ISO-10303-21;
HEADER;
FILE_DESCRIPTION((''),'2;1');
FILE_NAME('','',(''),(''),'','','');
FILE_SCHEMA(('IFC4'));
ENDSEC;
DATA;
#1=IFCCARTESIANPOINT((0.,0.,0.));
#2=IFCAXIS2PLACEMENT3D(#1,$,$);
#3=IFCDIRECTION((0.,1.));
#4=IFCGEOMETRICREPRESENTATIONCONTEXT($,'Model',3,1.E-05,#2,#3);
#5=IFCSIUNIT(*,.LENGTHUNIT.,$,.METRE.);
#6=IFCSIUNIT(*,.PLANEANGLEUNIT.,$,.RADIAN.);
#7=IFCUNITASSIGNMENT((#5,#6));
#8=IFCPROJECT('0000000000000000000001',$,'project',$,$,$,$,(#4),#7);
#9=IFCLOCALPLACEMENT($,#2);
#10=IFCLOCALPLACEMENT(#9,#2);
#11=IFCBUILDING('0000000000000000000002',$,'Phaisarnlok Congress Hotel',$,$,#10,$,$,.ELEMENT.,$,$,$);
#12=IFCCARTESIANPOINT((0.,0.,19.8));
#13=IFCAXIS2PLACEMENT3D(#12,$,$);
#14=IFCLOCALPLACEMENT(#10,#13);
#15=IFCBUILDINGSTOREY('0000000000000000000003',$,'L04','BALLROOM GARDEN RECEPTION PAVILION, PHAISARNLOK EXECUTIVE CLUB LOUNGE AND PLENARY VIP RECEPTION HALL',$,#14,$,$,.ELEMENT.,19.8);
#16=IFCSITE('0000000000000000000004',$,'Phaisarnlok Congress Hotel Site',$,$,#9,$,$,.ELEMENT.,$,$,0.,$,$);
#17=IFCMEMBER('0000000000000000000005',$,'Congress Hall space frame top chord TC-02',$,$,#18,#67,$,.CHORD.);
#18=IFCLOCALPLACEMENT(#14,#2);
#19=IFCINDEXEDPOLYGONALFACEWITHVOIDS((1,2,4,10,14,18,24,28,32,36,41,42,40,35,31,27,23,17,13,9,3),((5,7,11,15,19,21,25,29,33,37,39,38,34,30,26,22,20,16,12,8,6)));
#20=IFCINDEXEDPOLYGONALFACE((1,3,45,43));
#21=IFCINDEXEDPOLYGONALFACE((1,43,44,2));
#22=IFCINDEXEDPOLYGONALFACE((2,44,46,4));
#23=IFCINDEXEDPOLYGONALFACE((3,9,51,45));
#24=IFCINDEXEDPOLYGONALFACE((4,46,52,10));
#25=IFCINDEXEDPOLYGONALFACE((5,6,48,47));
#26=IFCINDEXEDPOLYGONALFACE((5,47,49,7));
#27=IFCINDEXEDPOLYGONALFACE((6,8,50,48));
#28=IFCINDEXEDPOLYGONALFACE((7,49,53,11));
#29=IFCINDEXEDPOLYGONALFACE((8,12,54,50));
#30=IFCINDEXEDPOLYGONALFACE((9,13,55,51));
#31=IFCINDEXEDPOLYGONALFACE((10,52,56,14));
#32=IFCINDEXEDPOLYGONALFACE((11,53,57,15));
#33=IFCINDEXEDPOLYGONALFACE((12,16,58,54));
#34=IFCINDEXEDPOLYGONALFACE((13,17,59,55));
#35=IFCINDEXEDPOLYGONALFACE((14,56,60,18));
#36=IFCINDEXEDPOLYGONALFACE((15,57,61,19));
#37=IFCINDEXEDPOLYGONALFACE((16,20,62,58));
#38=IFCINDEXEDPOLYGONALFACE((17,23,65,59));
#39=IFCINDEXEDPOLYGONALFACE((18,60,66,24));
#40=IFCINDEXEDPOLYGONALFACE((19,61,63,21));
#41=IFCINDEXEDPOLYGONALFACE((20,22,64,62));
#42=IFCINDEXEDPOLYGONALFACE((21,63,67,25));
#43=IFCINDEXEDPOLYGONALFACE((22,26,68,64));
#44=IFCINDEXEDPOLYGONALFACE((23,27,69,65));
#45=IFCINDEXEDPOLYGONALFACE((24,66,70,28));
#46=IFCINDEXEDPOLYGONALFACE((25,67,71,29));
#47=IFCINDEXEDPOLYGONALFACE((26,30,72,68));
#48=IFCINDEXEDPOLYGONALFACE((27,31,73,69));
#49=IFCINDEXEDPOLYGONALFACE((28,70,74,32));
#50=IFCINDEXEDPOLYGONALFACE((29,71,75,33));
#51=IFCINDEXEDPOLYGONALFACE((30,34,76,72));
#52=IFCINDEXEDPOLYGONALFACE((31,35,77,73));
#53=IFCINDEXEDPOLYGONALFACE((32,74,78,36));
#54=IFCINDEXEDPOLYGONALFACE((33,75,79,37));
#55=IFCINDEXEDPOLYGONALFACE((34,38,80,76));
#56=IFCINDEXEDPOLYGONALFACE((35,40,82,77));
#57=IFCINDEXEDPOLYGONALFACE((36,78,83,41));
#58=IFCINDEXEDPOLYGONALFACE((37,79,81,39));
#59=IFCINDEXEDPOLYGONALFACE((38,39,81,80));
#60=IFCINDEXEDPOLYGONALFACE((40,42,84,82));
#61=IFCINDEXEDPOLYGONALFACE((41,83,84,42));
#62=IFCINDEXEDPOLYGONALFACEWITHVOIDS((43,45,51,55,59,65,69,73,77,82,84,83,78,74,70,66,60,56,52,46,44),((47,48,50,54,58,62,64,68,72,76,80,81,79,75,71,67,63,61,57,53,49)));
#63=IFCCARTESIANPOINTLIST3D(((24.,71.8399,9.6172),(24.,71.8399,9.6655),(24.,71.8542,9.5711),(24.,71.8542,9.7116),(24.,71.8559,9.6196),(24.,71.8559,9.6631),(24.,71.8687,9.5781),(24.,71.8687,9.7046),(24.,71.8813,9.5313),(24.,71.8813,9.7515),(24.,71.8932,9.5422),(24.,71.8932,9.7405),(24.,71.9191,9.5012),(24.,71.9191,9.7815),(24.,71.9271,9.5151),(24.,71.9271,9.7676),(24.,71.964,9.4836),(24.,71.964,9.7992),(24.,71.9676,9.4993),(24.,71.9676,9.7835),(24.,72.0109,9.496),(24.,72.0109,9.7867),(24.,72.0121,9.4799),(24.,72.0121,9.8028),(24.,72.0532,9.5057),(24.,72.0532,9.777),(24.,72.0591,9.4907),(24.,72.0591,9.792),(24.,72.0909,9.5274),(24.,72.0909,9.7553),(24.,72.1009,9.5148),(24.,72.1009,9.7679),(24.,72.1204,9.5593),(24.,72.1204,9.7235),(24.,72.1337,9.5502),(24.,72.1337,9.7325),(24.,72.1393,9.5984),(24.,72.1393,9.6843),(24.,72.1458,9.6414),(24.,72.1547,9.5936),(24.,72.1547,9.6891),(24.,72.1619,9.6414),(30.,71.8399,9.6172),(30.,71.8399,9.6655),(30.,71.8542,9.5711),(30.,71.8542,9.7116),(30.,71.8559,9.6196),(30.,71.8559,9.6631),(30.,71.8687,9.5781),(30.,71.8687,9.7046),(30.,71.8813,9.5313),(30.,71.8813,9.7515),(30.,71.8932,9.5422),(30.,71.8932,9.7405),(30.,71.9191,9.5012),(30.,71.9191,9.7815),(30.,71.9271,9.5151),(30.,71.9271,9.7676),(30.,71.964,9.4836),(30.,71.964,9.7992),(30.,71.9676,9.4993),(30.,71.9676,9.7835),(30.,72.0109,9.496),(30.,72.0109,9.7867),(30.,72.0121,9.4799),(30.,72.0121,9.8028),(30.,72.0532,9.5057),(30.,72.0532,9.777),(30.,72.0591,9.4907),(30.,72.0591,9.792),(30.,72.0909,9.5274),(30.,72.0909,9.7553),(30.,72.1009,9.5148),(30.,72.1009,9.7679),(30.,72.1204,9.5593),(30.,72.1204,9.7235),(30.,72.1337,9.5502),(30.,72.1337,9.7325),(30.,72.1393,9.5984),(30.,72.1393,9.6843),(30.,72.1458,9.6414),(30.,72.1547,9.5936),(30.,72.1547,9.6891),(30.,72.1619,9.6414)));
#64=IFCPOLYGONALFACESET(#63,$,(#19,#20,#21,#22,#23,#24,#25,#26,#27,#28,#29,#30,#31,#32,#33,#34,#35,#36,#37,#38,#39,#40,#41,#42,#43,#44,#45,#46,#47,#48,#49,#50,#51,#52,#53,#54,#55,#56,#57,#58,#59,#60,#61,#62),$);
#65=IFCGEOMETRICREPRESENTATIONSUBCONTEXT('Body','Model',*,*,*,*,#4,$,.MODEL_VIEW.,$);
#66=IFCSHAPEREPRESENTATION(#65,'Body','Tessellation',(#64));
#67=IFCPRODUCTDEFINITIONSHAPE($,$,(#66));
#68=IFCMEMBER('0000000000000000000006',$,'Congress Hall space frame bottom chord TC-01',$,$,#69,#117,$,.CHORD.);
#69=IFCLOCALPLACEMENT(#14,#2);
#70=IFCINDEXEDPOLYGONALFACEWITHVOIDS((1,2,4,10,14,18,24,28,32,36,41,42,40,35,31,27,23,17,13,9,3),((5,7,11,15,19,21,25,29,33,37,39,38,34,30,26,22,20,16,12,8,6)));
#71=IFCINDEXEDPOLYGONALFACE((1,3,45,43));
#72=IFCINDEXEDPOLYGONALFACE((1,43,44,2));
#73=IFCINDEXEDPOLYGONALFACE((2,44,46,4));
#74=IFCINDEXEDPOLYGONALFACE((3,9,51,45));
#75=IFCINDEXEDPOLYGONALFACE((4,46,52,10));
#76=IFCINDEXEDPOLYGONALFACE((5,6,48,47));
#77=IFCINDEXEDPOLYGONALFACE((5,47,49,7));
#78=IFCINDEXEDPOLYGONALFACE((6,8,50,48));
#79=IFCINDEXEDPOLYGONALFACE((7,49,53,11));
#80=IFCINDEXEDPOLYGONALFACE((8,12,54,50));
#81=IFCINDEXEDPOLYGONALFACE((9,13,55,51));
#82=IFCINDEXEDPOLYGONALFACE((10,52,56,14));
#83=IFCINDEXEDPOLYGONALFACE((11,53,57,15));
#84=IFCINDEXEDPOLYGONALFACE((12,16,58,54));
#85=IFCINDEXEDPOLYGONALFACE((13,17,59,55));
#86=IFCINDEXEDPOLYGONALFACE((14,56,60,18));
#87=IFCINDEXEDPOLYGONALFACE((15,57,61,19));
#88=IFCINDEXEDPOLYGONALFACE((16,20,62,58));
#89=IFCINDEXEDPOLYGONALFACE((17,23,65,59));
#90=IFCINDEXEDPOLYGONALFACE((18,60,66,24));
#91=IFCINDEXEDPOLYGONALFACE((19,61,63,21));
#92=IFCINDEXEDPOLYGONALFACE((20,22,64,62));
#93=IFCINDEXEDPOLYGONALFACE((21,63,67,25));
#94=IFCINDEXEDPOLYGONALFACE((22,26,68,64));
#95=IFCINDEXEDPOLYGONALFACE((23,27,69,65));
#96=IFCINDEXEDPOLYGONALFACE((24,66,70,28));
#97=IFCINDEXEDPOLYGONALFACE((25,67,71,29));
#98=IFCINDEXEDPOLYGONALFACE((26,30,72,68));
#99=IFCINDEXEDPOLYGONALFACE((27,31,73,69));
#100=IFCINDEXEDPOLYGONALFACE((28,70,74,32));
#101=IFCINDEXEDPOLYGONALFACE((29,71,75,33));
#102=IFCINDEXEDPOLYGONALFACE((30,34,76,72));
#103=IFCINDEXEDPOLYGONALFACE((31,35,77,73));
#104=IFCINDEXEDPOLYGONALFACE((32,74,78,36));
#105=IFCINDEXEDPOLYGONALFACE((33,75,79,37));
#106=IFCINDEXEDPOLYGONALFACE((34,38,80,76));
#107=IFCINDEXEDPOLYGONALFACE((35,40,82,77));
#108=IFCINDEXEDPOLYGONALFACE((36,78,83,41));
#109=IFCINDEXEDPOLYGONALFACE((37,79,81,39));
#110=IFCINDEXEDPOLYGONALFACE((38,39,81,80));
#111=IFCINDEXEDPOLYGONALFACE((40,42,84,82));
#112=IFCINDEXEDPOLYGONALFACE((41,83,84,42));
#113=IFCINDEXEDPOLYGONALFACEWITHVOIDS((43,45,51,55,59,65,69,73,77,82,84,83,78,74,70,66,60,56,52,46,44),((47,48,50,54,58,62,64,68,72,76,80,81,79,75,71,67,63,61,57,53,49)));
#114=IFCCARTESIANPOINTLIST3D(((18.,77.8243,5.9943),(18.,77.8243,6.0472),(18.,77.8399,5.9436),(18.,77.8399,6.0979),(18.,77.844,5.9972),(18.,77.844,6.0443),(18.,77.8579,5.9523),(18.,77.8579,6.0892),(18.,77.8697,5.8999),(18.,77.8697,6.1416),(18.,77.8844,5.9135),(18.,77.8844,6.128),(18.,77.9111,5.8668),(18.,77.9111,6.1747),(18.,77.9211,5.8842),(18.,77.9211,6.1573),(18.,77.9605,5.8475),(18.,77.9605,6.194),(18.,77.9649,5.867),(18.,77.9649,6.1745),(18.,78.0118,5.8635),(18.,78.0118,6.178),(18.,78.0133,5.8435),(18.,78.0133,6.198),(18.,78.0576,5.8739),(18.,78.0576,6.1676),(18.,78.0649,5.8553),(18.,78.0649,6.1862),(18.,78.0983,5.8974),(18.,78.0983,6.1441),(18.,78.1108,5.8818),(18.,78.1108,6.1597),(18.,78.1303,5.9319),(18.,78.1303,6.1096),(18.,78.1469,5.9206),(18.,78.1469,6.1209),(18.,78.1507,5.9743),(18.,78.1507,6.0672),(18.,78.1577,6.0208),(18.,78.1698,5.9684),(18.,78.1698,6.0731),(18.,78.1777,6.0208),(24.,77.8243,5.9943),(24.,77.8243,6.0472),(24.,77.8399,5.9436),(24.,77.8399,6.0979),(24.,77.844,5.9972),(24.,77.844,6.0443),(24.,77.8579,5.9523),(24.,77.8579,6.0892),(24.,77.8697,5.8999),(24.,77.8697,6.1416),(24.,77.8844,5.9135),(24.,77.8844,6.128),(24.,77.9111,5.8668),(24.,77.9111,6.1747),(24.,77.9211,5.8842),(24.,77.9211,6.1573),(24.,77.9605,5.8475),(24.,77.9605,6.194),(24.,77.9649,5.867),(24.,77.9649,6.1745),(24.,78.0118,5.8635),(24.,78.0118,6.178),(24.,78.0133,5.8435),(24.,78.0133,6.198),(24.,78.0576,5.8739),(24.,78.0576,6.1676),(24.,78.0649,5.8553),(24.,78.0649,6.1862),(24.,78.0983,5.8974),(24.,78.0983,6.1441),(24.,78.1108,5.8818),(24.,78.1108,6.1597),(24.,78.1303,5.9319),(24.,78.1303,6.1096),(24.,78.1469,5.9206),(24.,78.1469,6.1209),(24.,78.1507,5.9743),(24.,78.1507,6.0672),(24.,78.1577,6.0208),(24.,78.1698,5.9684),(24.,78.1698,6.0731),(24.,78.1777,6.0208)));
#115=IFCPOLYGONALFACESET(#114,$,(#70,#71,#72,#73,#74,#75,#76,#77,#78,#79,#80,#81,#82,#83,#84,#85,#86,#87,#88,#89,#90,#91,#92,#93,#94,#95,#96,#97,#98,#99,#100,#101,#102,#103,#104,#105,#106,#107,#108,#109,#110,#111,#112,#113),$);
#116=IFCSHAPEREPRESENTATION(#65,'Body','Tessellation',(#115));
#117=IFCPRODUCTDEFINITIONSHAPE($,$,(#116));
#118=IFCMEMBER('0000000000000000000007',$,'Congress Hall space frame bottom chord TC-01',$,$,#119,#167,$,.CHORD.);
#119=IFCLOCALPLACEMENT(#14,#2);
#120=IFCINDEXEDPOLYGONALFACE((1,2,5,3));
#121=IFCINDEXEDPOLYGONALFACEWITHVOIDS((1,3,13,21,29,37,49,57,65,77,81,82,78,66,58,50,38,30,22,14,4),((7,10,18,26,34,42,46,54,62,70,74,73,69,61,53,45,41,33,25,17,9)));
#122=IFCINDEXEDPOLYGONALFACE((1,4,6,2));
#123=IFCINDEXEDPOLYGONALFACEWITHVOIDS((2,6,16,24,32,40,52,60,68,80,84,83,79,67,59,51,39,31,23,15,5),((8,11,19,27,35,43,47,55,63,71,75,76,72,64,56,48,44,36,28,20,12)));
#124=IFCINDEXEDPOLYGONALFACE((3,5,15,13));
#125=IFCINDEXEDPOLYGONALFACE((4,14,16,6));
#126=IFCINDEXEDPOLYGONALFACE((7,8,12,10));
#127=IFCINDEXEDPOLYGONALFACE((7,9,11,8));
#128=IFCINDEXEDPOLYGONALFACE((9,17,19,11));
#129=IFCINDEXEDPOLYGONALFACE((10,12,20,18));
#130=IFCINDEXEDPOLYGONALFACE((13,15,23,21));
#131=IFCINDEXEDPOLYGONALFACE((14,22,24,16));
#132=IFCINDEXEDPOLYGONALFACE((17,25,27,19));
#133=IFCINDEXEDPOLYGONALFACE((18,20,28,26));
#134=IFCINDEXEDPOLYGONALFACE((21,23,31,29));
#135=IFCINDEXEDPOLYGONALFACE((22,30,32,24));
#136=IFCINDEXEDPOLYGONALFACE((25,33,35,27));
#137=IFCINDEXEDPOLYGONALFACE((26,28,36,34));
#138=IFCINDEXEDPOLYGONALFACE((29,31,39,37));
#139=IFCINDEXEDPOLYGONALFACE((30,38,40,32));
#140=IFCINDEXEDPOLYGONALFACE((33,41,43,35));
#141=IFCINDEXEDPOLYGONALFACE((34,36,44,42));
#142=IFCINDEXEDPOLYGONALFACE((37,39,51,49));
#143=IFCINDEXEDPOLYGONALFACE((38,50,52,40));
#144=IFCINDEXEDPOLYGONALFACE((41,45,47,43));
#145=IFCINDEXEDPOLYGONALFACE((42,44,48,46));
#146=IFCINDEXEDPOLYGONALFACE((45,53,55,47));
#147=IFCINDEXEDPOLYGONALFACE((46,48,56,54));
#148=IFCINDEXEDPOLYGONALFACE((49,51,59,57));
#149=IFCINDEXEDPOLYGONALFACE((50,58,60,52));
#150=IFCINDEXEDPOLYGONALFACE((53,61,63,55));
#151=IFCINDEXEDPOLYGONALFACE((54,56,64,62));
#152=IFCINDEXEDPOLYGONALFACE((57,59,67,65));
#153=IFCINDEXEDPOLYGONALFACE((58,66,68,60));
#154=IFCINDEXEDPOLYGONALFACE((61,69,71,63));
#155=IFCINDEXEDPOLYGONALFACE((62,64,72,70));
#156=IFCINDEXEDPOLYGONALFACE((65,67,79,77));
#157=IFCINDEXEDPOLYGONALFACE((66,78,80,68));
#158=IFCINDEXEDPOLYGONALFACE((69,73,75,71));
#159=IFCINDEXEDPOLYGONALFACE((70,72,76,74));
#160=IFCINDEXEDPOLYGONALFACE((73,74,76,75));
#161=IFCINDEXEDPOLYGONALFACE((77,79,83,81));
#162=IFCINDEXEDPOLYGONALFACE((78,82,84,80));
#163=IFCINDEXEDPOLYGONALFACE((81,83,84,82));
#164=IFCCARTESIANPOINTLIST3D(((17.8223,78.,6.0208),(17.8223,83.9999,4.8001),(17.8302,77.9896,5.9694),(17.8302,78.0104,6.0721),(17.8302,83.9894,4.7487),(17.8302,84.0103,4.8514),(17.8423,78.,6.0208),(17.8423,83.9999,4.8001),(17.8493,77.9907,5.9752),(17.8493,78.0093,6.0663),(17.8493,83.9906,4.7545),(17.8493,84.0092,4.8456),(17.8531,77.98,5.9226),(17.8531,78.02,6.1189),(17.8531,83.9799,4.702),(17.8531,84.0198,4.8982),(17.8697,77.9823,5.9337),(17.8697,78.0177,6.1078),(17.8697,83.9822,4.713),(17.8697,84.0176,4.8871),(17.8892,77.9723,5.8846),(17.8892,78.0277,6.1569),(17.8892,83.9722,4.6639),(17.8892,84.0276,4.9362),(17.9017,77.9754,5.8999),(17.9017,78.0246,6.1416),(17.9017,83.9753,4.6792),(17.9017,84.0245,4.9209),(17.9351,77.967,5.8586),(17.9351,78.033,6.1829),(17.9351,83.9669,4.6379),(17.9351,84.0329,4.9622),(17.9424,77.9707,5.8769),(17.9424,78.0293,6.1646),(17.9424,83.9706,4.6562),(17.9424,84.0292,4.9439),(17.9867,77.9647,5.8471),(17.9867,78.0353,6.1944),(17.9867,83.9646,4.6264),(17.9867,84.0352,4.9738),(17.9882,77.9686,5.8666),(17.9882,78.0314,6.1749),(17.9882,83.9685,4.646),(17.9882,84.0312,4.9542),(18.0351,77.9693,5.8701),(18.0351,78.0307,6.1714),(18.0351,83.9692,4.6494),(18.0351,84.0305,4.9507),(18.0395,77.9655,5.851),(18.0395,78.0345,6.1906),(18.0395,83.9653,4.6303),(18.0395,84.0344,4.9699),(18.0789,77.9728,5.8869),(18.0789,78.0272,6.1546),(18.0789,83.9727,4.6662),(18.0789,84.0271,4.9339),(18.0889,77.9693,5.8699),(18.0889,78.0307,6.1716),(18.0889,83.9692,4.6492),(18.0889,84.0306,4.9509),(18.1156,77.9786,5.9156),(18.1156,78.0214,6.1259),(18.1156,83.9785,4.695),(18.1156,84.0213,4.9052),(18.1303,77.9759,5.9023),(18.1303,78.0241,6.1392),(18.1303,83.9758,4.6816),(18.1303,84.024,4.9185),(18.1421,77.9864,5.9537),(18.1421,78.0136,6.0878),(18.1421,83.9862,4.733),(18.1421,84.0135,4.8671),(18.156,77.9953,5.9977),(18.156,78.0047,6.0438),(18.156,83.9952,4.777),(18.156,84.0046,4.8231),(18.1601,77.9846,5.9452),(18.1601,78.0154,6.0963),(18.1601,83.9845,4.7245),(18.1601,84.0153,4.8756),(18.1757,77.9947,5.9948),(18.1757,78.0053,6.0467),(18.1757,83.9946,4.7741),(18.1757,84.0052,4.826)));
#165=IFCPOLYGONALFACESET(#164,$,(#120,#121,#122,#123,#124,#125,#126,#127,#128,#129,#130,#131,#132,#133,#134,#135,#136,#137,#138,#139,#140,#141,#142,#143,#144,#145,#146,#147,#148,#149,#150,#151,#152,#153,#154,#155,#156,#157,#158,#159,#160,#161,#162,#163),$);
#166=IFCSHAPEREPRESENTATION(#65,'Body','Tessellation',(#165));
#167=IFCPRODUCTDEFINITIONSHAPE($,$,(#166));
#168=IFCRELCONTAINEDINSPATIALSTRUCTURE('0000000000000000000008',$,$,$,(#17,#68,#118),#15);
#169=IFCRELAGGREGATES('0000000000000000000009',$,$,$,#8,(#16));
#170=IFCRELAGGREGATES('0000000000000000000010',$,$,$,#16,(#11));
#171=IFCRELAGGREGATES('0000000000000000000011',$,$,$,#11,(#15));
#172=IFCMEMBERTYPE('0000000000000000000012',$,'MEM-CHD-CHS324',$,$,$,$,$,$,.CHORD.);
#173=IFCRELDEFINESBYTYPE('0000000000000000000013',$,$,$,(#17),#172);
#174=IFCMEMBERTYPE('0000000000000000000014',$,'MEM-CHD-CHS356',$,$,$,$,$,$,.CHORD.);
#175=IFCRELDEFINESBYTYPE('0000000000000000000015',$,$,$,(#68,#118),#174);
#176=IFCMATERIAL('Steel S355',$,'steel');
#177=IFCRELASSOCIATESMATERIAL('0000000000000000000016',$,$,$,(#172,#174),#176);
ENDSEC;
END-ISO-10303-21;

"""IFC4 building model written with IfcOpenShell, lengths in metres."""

from ifc_helpers import new_model, si_unit, direction, frame, origin, origin_2d, place, context, subcontext, project, spatial, hollow_circle, extrude, material, material_profile, profile_set, type_object, element, save


model = new_model("IFC4")

# Units and contexts
model_context = context("Model", 3, precision=1e-05, world=origin(), true_north=direction((0.0, 1.0)))
body_context = subcontext(model_context, "Body", "Model", "MODEL_VIEW")
ifc_project = project(units=[si_unit("LENGTHUNIT", "METRE"), si_unit("PLANEANGLEUNIT", "RADIAN")], contexts=[model_context])

# Site, building, storey
site_placement = place(None, origin())
site = spatial("IfcSite", under=ifc_project, at=site_placement, Name="Phaisarnlok Congress Hotel Site", CompositionType="ELEMENT", RefElevation=0.0)
building_placement = place(site_placement, origin())
building = spatial("IfcBuilding", under=site, at=building_placement, Name="Phaisarnlok Congress Hotel", CompositionType="ELEMENT")
storey_placement = place(building_placement, frame((0.0, 0.0, 19.8)))
storey = spatial("IfcBuildingStorey", under=building, at=storey_placement, Name="L04", Description="BALLROOM GARDEN RECEPTION PAVILION, PHAISARNLOK EXECUTIVE CLUB LOUNGE AND PLENARY VIP RECEPTION HALL", CompositionType="ELEMENT", Elevation=19.8)

# Members
ifc_material = material(Name="Steel S355", Category="steel")
ifc_material_profile_1 = material_profile(ifc_material, hollow_circle(Radius=0.1619, WallThickness=0.0161, at=origin_2d()), Name="CHS 323.9x16")
ifc_profile_set_1 = profile_set([ifc_material_profile_1], Name="Steel S355")
member_type_1 = type_object("IfcMemberType", Name="MEM-CHD-CHS324", PredefinedType="CHORD", material=ifc_profile_set_1)
member_1_placement = place(storey_placement, frame((24.0, 72.0, 9.6414), z_axis=(1.0, 0.0, 0.0), x_axis=(0.0, 1.0, 0.0)))
element("IfcMember", 1, at=member_1_placement, inside=storey, type_object=member_type_1, Name="Congress Hall space frame top chord TC-02", PredefinedType="CHORD", context=body_context, shape_type="SweptSolid", body=[
    extrude(hollow_circle(Radius=0.1619, WallThickness=0.0161, at=origin_2d()), origin(), (0.0, 0.0, 1.0), 6.0),
])
ifc_material_profile_2 = material_profile(ifc_material, hollow_circle(Radius=0.1777, WallThickness=0.02, at=origin_2d()), Name="CHS 355.6x20")
ifc_profile_set_2 = profile_set([ifc_material_profile_2], Name="Steel S355")
member_type_2 = type_object("IfcMemberType", Name="MEM-CHD-CHS356", PredefinedType="CHORD", material=ifc_profile_set_2)
member_2_placement = place(storey_placement, frame((18.0, 78.0, 6.0208), z_axis=(1.0, 0.0, 0.0), x_axis=(0.0, 1.0, 0.0)))
element("IfcMember", 2, at=member_2_placement, inside=storey, type_object=member_type_2, Name="Congress Hall space frame bottom chord TC-01", PredefinedType="CHORD", context=body_context, shape_type="SweptSolid", body=[
    extrude(hollow_circle(Radius=0.1777, WallThickness=0.02, at=origin_2d()), origin(), (0.0, 0.0, 1.0), 6.0),
])
member_3_placement = place(storey_placement, frame((18.0, 78.0, 6.0208), z_axis=(0.0, 0.979925, -0.199366), x_axis=(-1.0, 0.0, 0.0)))
element("IfcMember", 3, at=member_3_placement, inside=storey, type_object=member_type_2, Name="Congress Hall space frame bottom chord TC-01", PredefinedType="CHORD", context=body_context, shape_type="SweptSolid", body=[
    extrude(hollow_circle(Radius=0.1777, WallThickness=0.02, at=origin_2d()), origin(), (0.0, 0.0, 1.0), 6.1228),
])

save(model, "model.ifc")
